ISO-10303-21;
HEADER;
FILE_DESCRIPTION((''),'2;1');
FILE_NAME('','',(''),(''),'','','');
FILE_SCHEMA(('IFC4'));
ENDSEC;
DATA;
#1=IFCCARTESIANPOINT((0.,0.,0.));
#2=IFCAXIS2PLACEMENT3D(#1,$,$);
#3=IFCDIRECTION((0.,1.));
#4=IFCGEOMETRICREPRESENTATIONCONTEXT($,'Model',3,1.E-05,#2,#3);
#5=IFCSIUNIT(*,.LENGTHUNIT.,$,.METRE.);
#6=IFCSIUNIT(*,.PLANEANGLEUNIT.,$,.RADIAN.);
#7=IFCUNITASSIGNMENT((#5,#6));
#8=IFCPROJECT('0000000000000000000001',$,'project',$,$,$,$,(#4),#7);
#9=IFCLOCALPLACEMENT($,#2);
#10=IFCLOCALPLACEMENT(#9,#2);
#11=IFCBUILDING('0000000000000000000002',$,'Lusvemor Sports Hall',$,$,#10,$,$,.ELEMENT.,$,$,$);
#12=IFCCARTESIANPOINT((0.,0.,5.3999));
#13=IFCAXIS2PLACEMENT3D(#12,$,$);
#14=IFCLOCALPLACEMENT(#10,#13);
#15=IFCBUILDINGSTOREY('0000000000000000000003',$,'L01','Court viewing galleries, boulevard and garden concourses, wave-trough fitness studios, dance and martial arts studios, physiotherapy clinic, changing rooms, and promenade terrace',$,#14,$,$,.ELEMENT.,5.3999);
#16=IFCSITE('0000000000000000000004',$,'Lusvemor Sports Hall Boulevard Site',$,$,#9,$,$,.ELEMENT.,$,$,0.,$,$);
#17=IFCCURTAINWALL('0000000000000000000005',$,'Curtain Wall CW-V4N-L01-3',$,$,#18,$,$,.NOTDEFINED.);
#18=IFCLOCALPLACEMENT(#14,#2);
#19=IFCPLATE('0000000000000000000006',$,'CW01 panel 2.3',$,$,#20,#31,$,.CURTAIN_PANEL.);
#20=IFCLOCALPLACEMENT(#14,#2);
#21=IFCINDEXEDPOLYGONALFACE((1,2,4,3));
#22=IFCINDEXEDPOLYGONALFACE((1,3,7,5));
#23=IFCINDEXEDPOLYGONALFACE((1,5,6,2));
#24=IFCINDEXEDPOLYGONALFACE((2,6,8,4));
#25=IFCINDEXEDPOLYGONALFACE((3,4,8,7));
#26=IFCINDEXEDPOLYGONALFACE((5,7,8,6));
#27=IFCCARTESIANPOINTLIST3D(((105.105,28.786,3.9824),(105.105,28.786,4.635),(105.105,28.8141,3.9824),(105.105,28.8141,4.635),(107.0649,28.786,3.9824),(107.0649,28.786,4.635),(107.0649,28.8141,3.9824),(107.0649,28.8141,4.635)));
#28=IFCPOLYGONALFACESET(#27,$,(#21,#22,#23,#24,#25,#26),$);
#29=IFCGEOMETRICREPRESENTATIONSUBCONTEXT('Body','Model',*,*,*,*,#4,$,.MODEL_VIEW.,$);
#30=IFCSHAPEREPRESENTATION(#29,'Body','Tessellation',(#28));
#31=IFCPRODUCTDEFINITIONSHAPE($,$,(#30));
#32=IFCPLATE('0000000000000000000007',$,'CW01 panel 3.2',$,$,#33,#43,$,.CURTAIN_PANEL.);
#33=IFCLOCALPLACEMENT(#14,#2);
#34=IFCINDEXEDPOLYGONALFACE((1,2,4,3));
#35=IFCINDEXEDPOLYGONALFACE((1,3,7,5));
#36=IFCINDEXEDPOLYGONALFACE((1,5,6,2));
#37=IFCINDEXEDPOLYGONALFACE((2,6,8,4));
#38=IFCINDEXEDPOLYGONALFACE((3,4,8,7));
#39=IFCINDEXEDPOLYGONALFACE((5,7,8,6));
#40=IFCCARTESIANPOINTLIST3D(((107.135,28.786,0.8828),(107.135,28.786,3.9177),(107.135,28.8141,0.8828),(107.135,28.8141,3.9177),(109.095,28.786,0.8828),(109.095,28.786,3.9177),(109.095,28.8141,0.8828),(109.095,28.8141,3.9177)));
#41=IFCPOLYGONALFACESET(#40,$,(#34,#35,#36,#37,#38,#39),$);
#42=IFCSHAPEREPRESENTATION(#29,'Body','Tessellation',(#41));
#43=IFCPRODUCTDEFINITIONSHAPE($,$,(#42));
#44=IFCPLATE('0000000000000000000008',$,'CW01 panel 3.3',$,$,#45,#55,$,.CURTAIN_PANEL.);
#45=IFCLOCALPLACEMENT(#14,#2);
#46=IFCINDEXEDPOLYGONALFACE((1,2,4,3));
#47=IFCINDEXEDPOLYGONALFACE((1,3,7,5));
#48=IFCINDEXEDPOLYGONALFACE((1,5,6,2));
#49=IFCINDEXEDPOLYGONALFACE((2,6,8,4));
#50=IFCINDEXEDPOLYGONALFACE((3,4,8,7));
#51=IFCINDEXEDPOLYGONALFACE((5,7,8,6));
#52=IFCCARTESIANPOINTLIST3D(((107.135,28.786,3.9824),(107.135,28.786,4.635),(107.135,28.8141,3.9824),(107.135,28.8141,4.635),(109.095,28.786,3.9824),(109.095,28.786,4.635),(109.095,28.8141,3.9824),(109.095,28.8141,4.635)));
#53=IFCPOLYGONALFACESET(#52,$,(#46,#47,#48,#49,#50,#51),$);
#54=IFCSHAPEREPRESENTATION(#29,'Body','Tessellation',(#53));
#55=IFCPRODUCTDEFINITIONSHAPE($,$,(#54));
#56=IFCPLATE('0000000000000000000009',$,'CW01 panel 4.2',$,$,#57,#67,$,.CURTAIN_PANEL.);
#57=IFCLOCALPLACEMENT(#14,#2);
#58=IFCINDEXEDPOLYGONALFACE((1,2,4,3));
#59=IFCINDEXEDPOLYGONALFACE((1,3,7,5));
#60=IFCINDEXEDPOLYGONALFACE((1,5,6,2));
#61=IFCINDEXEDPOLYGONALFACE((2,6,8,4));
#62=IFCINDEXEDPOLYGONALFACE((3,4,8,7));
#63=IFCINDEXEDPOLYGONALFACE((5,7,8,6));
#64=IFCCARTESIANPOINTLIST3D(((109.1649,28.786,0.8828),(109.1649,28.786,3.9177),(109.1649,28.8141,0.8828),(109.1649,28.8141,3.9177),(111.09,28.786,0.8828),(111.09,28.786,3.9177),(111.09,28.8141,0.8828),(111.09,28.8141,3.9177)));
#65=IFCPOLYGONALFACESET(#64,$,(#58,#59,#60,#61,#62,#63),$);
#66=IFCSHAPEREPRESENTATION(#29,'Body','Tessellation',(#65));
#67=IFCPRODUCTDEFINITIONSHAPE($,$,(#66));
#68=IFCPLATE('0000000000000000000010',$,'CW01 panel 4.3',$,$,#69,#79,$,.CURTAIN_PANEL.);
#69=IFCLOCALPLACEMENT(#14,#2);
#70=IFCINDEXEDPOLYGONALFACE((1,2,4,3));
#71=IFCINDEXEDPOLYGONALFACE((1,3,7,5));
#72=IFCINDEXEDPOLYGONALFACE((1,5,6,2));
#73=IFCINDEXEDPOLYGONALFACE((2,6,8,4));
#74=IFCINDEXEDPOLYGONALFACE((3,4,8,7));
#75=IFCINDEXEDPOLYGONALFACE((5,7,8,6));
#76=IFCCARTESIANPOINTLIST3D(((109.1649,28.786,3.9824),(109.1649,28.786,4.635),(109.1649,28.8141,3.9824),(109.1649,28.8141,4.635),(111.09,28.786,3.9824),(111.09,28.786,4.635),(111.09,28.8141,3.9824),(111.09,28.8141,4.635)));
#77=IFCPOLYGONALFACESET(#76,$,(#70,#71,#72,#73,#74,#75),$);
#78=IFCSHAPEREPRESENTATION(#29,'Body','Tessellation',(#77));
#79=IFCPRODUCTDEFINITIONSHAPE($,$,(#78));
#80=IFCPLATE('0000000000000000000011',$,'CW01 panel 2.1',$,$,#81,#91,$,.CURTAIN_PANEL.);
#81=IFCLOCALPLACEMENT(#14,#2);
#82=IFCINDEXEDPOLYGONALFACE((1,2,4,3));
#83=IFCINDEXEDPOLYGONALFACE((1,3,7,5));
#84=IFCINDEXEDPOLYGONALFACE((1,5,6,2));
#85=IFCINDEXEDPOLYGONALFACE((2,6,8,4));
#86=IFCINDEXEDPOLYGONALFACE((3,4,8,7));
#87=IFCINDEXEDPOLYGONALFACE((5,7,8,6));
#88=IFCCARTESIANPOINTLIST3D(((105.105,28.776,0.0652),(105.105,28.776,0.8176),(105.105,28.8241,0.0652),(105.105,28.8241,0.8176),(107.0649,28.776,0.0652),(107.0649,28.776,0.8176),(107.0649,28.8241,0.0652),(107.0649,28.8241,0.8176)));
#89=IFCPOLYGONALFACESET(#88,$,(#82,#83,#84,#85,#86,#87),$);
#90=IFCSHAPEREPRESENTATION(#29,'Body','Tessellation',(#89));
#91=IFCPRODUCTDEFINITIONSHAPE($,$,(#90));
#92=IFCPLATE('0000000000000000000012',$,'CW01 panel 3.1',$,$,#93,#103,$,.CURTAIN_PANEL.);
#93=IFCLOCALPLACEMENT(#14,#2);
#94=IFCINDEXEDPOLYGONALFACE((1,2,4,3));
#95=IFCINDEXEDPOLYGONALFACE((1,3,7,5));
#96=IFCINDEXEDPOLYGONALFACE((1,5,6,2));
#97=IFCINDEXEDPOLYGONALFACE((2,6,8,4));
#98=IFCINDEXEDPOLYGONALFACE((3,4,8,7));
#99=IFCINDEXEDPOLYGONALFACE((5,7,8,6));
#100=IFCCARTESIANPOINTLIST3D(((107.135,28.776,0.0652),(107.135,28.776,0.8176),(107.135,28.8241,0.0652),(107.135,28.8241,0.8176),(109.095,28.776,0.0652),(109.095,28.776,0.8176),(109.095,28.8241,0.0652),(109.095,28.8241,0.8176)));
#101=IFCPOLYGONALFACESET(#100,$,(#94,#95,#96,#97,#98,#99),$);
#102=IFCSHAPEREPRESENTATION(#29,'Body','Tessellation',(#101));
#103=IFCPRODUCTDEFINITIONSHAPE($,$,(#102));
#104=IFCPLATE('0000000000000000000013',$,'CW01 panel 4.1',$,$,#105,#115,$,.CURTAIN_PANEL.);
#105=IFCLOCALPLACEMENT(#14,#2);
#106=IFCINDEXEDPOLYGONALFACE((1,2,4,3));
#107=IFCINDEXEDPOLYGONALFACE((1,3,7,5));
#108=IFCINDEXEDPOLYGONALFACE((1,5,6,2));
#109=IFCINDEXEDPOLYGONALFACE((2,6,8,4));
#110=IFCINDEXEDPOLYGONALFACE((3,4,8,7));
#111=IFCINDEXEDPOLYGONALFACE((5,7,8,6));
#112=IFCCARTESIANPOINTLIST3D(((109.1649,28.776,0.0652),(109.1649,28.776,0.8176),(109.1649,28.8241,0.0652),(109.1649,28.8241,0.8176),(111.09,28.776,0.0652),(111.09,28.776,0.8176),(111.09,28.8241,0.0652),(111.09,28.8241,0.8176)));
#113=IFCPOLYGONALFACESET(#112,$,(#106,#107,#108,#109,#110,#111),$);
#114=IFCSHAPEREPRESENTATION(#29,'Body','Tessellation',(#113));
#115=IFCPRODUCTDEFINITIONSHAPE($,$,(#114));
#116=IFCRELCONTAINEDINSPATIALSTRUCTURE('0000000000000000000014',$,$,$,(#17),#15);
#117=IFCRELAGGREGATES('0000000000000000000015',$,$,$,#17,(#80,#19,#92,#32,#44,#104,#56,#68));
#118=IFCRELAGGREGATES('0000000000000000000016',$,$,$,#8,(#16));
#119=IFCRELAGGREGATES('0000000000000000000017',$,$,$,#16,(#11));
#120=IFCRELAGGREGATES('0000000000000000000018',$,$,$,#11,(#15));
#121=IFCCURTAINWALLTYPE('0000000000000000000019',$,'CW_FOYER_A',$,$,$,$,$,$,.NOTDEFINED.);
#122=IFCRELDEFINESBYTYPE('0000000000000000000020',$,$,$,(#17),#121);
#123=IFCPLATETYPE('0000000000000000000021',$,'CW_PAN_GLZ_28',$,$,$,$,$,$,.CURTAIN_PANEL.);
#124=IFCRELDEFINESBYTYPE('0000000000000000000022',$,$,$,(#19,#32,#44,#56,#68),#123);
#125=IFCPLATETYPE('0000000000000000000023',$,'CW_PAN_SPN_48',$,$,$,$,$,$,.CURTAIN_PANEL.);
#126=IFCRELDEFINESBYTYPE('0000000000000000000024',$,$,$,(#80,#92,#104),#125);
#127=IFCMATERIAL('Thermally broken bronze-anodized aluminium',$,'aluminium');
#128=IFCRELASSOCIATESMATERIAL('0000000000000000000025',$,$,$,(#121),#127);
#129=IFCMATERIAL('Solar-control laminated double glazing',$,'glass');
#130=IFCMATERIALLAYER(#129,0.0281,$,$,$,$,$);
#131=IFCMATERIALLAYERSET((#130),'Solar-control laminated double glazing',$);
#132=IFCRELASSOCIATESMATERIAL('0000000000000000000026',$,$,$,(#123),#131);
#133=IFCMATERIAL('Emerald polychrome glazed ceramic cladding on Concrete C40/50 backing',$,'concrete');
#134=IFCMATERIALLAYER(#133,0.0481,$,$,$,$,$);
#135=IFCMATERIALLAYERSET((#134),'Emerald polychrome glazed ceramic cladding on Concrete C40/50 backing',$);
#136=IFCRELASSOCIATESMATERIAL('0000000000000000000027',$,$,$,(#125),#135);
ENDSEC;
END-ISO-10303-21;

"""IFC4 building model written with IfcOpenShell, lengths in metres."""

from ifc_helpers import new_model, si_unit, direction, frame, origin, origin_2d, place, context, subcontext, project, spatial, rectangle, extrude, material, layer, layer_set, type_object, element, aggregate, save


model = new_model("IFC4")

# Units and contexts
model_context = context("Model", 3, precision=1e-05, world=origin(), true_north=direction((0.0, 1.0)))
body_context = subcontext(model_context, "Body", "Model", "MODEL_VIEW")
ifc_project = project(units=[si_unit("LENGTHUNIT", "METRE"), si_unit("PLANEANGLEUNIT", "RADIAN")], contexts=[model_context])

# Site, building, storey
site_placement = place(None, origin())
site = spatial("IfcSite", under=ifc_project, at=site_placement, Name="Lusvemor Sports Hall Boulevard Site", CompositionType="ELEMENT", RefElevation=0.0)
building_placement = place(site_placement, origin())
building = spatial("IfcBuilding", under=site, at=building_placement, Name="Lusvemor Sports Hall", CompositionType="ELEMENT")
storey_placement = place(building_placement, frame((0.0, 0.0, 5.3999)))
storey = spatial("IfcBuildingStorey", under=building, at=storey_placement, Name="L01", Description="Court viewing galleries, boulevard and garden concourses, wave-trough fitness studios, dance and martial arts studios, physiotherapy clinic, changing rooms, and promenade terrace", CompositionType="ELEMENT", Elevation=5.3999)

# Curtain wall
ifc_material_1 = material(Name="Thermally broken bronze-anodized aluminium", Category="aluminium")
curtain_wall_type = type_object("IfcCurtainWallType", Name="CW_FOYER_A", PredefinedType="NOTDEFINED", material=ifc_material_1)
curtain_wall_1_placement = place(storey_placement, origin())
curtain_wall_1 = element("IfcCurtainWall", 1, at=curtain_wall_1_placement, inside=storey, type_object=curtain_wall_type, Name="Curtain Wall CW-V4N-L01-3", PredefinedType="NOTDEFINED")

# Plates
ifc_material_2 = material(Name="Solar-control laminated double glazing", Category="glass")
ifc_layer_1 = layer(ifc_material_2, 0.0281)
ifc_layer_set_1 = layer_set([ifc_layer_1], Name="Solar-control laminated double glazing")
plate_type_1 = type_object("IfcPlateType", Name="CW_PAN_GLZ_28", PredefinedType="CURTAIN_PANEL", material=ifc_layer_set_1)
plate_1_placement = place(storey_placement, frame((106.085, 28.8, 3.9824), z_axis=(0.0, 0.0, 1.0), x_axis=(1.0, 0.0, 0.0)))
plate_1 = element("IfcPlate", 2, at=plate_1_placement, type_object=plate_type_1, Name="CW01 panel 2.3", PredefinedType="CURTAIN_PANEL", context=body_context, shape_type="SweptSolid", body=[
    extrude(rectangle(XDim=1.96, YDim=0.0281, at=origin_2d()), origin(), (0.0, 0.0, 1.0), 0.6526),
])
plate_2_placement = place(storey_placement, frame((108.115, 28.8, 0.8828), z_axis=(0.0, 0.0, 1.0), x_axis=(1.0, 0.0, 0.0)))
plate_2 = element("IfcPlate", 3, at=plate_2_placement, type_object=plate_type_1, Name="CW01 panel 3.2", PredefinedType="CURTAIN_PANEL", context=body_context, shape_type="SweptSolid", body=[
    extrude(rectangle(XDim=1.96, YDim=0.0281, at=origin_2d()), origin(), (0.0, 0.0, 1.0), 3.0349),
])
plate_3_placement = place(storey_placement, frame((108.115, 28.8, 3.9824), z_axis=(0.0, 0.0, 1.0), x_axis=(1.0, 0.0, 0.0)))
plate_3 = element("IfcPlate", 4, at=plate_3_placement, type_object=plate_type_1, Name="CW01 panel 3.3", PredefinedType="CURTAIN_PANEL", context=body_context, shape_type="SweptSolid", body=[
    extrude(rectangle(XDim=1.96, YDim=0.0281, at=origin_2d()), origin(), (0.0, 0.0, 1.0), 0.6526),
])
plate_4_placement = place(storey_placement, frame((110.1274, 28.8, 0.8828), z_axis=(0.0, 0.0, 1.0), x_axis=(1.0, 0.0, 0.0)))
plate_4 = element("IfcPlate", 5, at=plate_4_placement, type_object=plate_type_1, Name="CW01 panel 4.2", PredefinedType="CURTAIN_PANEL", context=body_context, shape_type="SweptSolid", body=[
    extrude(rectangle(XDim=1.925, YDim=0.0281, at=origin_2d()), origin(), (0.0, 0.0, 1.0), 3.0349),
])
plate_5_placement = place(storey_placement, frame((110.1274, 28.8, 3.9824), z_axis=(0.0, 0.0, 1.0), x_axis=(1.0, 0.0, 0.0)))
plate_5 = element("IfcPlate", 6, at=plate_5_placement, type_object=plate_type_1, Name="CW01 panel 4.3", PredefinedType="CURTAIN_PANEL", context=body_context, shape_type="SweptSolid", body=[
    extrude(rectangle(XDim=1.925, YDim=0.0281, at=origin_2d()), origin(), (0.0, 0.0, 1.0), 0.6526),
])
ifc_material_3 = material(Name="Emerald polychrome glazed ceramic cladding on Concrete C40/50 backing", Category="concrete")
ifc_layer_2 = layer(ifc_material_3, 0.0481)
ifc_layer_set_2 = layer_set([ifc_layer_2], Name="Emerald polychrome glazed ceramic cladding on Concrete C40/50 backing")
plate_type_2 = type_object("IfcPlateType", Name="CW_PAN_SPN_48", PredefinedType="CURTAIN_PANEL", material=ifc_layer_set_2)
plate_6_placement = place(storey_placement, frame((106.085, 28.8, 0.0652), z_axis=(0.0, 0.0, 1.0), x_axis=(1.0, 0.0, 0.0)))
plate_6 = element("IfcPlate", 7, at=plate_6_placement, type_object=plate_type_2, Name="CW01 panel 2.1", PredefinedType="CURTAIN_PANEL", context=body_context, shape_type="SweptSolid", body=[
    extrude(rectangle(XDim=1.96, YDim=0.0481, at=origin_2d()), origin(), (0.0, 0.0, 1.0), 0.7524),
])
plate_7_placement = place(storey_placement, frame((108.115, 28.8, 0.0652), z_axis=(0.0, 0.0, 1.0), x_axis=(1.0, 0.0, 0.0)))
plate_7 = element("IfcPlate", 8, at=plate_7_placement, type_object=plate_type_2, Name="CW01 panel 3.1", PredefinedType="CURTAIN_PANEL", context=body_context, shape_type="SweptSolid", body=[
    extrude(rectangle(XDim=1.96, YDim=0.0481, at=origin_2d()), origin(), (0.0, 0.0, 1.0), 0.7524),
])
plate_8_placement = place(storey_placement, frame((110.1274, 28.8, 0.0652), z_axis=(0.0, 0.0, 1.0), x_axis=(1.0, 0.0, 0.0)))
plate_8 = element("IfcPlate", 9, at=plate_8_placement, type_object=plate_type_2, Name="CW01 panel 4.1", PredefinedType="CURTAIN_PANEL", context=body_context, shape_type="SweptSolid", body=[
    extrude(rectangle(XDim=1.925, YDim=0.0481, at=origin_2d()), origin(), (0.0, 0.0, 1.0), 0.7524),
])
aggregate(curtain_wall_1, [plate_6, plate_1, plate_7, plate_2, plate_3, plate_8, plate_4, plate_5])

save(model, "model.ifc")
